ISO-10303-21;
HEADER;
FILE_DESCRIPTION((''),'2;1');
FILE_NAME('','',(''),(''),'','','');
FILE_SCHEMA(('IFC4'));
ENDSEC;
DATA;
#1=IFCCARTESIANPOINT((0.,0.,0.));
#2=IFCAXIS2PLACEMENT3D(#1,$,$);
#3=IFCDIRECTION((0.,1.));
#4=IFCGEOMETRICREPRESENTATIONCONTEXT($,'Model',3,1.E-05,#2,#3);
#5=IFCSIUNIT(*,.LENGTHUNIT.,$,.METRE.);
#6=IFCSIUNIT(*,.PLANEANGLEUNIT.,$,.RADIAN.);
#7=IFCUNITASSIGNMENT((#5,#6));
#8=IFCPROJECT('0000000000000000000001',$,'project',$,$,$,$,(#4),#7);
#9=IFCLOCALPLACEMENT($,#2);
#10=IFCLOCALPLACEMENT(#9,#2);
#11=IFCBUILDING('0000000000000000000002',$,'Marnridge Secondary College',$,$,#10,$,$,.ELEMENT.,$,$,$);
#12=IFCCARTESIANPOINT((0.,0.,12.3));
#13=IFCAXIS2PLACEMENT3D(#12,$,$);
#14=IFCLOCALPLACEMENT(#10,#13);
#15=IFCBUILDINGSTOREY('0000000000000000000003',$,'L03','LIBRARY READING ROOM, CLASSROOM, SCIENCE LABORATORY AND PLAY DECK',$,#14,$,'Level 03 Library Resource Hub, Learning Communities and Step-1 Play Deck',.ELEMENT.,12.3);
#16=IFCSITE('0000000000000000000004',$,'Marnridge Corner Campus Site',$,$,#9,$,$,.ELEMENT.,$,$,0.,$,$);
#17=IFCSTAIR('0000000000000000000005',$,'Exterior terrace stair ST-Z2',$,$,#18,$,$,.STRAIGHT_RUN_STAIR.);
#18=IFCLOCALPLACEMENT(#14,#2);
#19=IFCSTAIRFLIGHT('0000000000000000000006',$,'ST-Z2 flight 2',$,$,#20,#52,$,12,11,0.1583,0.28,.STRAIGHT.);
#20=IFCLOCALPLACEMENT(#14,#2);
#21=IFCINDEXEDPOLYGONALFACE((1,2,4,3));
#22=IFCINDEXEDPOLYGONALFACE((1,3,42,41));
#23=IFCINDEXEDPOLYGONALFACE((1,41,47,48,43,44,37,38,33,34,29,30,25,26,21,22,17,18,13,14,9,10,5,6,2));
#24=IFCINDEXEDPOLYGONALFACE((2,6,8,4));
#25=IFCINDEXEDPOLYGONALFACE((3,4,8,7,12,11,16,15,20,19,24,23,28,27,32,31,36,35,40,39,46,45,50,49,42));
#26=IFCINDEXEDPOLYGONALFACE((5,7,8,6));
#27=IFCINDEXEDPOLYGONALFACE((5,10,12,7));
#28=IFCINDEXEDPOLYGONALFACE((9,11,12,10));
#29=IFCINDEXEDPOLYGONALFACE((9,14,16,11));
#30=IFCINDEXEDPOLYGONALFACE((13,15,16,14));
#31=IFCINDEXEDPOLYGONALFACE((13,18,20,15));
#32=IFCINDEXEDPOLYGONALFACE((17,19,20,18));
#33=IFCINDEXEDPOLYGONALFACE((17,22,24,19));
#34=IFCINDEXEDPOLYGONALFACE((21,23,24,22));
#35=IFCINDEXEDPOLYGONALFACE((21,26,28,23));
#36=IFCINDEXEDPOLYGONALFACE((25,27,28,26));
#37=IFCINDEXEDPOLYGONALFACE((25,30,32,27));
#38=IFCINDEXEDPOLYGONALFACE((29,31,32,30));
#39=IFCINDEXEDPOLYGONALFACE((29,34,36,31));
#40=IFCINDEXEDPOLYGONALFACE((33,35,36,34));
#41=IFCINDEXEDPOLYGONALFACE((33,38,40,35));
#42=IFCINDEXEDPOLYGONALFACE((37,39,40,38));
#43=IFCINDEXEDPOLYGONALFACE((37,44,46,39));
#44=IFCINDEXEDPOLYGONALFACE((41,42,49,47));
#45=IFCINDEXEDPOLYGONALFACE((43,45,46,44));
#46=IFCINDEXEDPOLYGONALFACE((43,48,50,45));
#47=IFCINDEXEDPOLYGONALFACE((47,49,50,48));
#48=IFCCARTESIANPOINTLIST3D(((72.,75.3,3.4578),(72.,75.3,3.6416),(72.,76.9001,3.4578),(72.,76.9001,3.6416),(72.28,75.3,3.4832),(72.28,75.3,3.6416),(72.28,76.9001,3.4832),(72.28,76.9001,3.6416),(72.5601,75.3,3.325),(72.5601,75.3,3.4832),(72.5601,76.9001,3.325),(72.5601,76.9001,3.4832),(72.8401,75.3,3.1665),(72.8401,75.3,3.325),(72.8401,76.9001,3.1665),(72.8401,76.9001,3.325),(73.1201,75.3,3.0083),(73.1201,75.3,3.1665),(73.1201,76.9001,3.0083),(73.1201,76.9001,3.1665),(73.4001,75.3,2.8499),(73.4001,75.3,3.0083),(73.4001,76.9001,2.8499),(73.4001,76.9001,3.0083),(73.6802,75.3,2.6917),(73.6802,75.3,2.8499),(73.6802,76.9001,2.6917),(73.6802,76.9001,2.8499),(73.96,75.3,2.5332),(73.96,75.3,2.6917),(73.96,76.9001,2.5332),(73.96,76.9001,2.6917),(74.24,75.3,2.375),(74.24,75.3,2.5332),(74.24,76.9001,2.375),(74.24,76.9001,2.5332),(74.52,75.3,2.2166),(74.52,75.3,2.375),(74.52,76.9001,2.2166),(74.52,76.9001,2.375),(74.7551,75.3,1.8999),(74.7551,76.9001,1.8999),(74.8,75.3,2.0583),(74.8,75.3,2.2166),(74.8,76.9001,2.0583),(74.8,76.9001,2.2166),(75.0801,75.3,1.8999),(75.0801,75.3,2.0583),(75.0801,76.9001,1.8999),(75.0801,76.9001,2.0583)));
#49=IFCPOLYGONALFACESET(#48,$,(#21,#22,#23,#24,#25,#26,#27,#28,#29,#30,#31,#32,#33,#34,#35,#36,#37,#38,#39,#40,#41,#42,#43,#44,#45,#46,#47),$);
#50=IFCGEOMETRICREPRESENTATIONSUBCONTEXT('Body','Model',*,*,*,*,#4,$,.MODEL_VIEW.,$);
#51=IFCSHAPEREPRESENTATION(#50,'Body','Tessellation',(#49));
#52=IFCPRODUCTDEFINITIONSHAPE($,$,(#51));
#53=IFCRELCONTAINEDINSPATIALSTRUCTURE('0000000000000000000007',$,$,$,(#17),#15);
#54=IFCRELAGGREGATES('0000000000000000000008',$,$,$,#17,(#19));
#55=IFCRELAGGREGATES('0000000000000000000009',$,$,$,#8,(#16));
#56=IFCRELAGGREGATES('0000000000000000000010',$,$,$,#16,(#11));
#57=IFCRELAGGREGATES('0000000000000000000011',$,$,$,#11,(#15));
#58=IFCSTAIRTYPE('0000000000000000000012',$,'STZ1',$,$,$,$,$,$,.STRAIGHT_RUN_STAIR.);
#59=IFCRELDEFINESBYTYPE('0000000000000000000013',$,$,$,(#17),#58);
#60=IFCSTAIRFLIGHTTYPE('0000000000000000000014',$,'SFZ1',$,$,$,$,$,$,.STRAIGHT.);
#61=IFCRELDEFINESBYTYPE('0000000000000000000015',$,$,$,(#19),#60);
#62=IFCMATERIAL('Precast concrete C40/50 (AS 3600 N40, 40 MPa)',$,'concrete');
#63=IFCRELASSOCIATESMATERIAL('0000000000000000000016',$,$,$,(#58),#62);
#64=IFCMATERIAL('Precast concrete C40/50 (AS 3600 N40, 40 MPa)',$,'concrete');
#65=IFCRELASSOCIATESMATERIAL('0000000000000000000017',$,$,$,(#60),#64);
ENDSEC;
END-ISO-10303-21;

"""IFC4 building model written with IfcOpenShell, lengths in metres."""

from ifc_helpers import new_model, si_unit, direction, frame, origin, place, context, subcontext, project, spatial, polyline, outline, extrude, material, type_object, element, aggregate, save


model = new_model("IFC4")

# Units and contexts
model_context = context("Model", 3, precision=1e-05, world=origin(), true_north=direction((0.0, 1.0)))
body_context = subcontext(model_context, "Body", "Model", "MODEL_VIEW")
ifc_project = project(units=[si_unit("LENGTHUNIT", "METRE"), si_unit("PLANEANGLEUNIT", "RADIAN")], contexts=[model_context])

# Site, building, storey
site_placement = place(None, origin())
site = spatial("IfcSite", under=ifc_project, at=site_placement, Name="Marnridge Corner Campus Site", CompositionType="ELEMENT", RefElevation=0.0)
building_placement = place(site_placement, origin())
building = spatial("IfcBuilding", under=site, at=building_placement, Name="Marnridge Secondary College", CompositionType="ELEMENT")
storey_placement = place(building_placement, frame((0.0, 0.0, 12.3)))
storey = spatial("IfcBuildingStorey", under=building, at=storey_placement, Name="L03", Description="LIBRARY READING ROOM, CLASSROOM, SCIENCE LABORATORY AND PLAY DECK", LongName="Level 03 Library Resource Hub, Learning Communities and Step-1 Play Deck", CompositionType="ELEMENT", Elevation=12.3)

# Stair, stair flight
ifc_material_1 = material(Name="Precast concrete C40/50 (AS 3600 N40, 40 MPa)", Category="concrete")
stair_type = type_object("IfcStairType", Name="STZ1", PredefinedType="STRAIGHT_RUN_STAIR", material=ifc_material_1)
stair_placement = place(storey_placement, origin())
stair = element("IfcStair", 1, at=stair_placement, inside=storey, type_object=stair_type, Name="Exterior terrace stair ST-Z2", PredefinedType="STRAIGHT_RUN_STAIR")
ifc_material_2 = material(Name="Precast concrete C40/50 (AS 3600 N40, 40 MPa)", Category="concrete")
stair_flight_type = type_object("IfcStairFlightType", Name="SFZ1", PredefinedType="STRAIGHT", material=ifc_material_2)
stair_flight_placement = place(storey_placement, frame((75.0801, 76.1001, 1.8999), z_axis=(0.0, 0.0, 1.0), x_axis=(-1.0, 0.0, 0.0)))
stair_flight = element("IfcStairFlight", 2, at=stair_flight_placement, type_object=stair_flight_type, Name="ST-Z2 flight 2", NumberOfRisers=12, NumberOfTreads=11, PredefinedType="STRAIGHT", RiserHeight=0.1583, TreadLength=0.28, context=body_context, shape_type="SweptSolid", body=[
    extrude(outline(polyline([(0.0, 0.0), (0.0, 0.1584), (0.28, 0.1584), (0.28, 0.3167), (0.5601, 0.3167), (0.5601, 0.4751), (0.8401, 0.4751), (0.8401, 0.6333), (1.1201, 0.6333), (1.1201, 0.7917), (1.3999, 0.7917), (1.3999, 0.95), (1.6799, 0.95), (1.6799, 1.1084), (1.96, 1.1084), (1.96, 1.2666), (2.24, 1.2666), (2.24, 1.425), (2.52, 1.425), (2.52, 1.5833), (2.8, 1.5833), (2.8, 1.7417), (3.0801, 1.7417), (3.0801, 1.8999), (3.0801, 1.5579), (0.325, 0.0), (0.0, 0.0)])), frame((0.0, 0.8, 0.0), z_axis=(0.0, -1.0, 0.0), x_axis=(1.0, 0.0, 0.0)), (0.0, 0.0, 1.0), 1.6001),
])
aggregate(stair, [stair_flight])

save(model, "model.ifc")
